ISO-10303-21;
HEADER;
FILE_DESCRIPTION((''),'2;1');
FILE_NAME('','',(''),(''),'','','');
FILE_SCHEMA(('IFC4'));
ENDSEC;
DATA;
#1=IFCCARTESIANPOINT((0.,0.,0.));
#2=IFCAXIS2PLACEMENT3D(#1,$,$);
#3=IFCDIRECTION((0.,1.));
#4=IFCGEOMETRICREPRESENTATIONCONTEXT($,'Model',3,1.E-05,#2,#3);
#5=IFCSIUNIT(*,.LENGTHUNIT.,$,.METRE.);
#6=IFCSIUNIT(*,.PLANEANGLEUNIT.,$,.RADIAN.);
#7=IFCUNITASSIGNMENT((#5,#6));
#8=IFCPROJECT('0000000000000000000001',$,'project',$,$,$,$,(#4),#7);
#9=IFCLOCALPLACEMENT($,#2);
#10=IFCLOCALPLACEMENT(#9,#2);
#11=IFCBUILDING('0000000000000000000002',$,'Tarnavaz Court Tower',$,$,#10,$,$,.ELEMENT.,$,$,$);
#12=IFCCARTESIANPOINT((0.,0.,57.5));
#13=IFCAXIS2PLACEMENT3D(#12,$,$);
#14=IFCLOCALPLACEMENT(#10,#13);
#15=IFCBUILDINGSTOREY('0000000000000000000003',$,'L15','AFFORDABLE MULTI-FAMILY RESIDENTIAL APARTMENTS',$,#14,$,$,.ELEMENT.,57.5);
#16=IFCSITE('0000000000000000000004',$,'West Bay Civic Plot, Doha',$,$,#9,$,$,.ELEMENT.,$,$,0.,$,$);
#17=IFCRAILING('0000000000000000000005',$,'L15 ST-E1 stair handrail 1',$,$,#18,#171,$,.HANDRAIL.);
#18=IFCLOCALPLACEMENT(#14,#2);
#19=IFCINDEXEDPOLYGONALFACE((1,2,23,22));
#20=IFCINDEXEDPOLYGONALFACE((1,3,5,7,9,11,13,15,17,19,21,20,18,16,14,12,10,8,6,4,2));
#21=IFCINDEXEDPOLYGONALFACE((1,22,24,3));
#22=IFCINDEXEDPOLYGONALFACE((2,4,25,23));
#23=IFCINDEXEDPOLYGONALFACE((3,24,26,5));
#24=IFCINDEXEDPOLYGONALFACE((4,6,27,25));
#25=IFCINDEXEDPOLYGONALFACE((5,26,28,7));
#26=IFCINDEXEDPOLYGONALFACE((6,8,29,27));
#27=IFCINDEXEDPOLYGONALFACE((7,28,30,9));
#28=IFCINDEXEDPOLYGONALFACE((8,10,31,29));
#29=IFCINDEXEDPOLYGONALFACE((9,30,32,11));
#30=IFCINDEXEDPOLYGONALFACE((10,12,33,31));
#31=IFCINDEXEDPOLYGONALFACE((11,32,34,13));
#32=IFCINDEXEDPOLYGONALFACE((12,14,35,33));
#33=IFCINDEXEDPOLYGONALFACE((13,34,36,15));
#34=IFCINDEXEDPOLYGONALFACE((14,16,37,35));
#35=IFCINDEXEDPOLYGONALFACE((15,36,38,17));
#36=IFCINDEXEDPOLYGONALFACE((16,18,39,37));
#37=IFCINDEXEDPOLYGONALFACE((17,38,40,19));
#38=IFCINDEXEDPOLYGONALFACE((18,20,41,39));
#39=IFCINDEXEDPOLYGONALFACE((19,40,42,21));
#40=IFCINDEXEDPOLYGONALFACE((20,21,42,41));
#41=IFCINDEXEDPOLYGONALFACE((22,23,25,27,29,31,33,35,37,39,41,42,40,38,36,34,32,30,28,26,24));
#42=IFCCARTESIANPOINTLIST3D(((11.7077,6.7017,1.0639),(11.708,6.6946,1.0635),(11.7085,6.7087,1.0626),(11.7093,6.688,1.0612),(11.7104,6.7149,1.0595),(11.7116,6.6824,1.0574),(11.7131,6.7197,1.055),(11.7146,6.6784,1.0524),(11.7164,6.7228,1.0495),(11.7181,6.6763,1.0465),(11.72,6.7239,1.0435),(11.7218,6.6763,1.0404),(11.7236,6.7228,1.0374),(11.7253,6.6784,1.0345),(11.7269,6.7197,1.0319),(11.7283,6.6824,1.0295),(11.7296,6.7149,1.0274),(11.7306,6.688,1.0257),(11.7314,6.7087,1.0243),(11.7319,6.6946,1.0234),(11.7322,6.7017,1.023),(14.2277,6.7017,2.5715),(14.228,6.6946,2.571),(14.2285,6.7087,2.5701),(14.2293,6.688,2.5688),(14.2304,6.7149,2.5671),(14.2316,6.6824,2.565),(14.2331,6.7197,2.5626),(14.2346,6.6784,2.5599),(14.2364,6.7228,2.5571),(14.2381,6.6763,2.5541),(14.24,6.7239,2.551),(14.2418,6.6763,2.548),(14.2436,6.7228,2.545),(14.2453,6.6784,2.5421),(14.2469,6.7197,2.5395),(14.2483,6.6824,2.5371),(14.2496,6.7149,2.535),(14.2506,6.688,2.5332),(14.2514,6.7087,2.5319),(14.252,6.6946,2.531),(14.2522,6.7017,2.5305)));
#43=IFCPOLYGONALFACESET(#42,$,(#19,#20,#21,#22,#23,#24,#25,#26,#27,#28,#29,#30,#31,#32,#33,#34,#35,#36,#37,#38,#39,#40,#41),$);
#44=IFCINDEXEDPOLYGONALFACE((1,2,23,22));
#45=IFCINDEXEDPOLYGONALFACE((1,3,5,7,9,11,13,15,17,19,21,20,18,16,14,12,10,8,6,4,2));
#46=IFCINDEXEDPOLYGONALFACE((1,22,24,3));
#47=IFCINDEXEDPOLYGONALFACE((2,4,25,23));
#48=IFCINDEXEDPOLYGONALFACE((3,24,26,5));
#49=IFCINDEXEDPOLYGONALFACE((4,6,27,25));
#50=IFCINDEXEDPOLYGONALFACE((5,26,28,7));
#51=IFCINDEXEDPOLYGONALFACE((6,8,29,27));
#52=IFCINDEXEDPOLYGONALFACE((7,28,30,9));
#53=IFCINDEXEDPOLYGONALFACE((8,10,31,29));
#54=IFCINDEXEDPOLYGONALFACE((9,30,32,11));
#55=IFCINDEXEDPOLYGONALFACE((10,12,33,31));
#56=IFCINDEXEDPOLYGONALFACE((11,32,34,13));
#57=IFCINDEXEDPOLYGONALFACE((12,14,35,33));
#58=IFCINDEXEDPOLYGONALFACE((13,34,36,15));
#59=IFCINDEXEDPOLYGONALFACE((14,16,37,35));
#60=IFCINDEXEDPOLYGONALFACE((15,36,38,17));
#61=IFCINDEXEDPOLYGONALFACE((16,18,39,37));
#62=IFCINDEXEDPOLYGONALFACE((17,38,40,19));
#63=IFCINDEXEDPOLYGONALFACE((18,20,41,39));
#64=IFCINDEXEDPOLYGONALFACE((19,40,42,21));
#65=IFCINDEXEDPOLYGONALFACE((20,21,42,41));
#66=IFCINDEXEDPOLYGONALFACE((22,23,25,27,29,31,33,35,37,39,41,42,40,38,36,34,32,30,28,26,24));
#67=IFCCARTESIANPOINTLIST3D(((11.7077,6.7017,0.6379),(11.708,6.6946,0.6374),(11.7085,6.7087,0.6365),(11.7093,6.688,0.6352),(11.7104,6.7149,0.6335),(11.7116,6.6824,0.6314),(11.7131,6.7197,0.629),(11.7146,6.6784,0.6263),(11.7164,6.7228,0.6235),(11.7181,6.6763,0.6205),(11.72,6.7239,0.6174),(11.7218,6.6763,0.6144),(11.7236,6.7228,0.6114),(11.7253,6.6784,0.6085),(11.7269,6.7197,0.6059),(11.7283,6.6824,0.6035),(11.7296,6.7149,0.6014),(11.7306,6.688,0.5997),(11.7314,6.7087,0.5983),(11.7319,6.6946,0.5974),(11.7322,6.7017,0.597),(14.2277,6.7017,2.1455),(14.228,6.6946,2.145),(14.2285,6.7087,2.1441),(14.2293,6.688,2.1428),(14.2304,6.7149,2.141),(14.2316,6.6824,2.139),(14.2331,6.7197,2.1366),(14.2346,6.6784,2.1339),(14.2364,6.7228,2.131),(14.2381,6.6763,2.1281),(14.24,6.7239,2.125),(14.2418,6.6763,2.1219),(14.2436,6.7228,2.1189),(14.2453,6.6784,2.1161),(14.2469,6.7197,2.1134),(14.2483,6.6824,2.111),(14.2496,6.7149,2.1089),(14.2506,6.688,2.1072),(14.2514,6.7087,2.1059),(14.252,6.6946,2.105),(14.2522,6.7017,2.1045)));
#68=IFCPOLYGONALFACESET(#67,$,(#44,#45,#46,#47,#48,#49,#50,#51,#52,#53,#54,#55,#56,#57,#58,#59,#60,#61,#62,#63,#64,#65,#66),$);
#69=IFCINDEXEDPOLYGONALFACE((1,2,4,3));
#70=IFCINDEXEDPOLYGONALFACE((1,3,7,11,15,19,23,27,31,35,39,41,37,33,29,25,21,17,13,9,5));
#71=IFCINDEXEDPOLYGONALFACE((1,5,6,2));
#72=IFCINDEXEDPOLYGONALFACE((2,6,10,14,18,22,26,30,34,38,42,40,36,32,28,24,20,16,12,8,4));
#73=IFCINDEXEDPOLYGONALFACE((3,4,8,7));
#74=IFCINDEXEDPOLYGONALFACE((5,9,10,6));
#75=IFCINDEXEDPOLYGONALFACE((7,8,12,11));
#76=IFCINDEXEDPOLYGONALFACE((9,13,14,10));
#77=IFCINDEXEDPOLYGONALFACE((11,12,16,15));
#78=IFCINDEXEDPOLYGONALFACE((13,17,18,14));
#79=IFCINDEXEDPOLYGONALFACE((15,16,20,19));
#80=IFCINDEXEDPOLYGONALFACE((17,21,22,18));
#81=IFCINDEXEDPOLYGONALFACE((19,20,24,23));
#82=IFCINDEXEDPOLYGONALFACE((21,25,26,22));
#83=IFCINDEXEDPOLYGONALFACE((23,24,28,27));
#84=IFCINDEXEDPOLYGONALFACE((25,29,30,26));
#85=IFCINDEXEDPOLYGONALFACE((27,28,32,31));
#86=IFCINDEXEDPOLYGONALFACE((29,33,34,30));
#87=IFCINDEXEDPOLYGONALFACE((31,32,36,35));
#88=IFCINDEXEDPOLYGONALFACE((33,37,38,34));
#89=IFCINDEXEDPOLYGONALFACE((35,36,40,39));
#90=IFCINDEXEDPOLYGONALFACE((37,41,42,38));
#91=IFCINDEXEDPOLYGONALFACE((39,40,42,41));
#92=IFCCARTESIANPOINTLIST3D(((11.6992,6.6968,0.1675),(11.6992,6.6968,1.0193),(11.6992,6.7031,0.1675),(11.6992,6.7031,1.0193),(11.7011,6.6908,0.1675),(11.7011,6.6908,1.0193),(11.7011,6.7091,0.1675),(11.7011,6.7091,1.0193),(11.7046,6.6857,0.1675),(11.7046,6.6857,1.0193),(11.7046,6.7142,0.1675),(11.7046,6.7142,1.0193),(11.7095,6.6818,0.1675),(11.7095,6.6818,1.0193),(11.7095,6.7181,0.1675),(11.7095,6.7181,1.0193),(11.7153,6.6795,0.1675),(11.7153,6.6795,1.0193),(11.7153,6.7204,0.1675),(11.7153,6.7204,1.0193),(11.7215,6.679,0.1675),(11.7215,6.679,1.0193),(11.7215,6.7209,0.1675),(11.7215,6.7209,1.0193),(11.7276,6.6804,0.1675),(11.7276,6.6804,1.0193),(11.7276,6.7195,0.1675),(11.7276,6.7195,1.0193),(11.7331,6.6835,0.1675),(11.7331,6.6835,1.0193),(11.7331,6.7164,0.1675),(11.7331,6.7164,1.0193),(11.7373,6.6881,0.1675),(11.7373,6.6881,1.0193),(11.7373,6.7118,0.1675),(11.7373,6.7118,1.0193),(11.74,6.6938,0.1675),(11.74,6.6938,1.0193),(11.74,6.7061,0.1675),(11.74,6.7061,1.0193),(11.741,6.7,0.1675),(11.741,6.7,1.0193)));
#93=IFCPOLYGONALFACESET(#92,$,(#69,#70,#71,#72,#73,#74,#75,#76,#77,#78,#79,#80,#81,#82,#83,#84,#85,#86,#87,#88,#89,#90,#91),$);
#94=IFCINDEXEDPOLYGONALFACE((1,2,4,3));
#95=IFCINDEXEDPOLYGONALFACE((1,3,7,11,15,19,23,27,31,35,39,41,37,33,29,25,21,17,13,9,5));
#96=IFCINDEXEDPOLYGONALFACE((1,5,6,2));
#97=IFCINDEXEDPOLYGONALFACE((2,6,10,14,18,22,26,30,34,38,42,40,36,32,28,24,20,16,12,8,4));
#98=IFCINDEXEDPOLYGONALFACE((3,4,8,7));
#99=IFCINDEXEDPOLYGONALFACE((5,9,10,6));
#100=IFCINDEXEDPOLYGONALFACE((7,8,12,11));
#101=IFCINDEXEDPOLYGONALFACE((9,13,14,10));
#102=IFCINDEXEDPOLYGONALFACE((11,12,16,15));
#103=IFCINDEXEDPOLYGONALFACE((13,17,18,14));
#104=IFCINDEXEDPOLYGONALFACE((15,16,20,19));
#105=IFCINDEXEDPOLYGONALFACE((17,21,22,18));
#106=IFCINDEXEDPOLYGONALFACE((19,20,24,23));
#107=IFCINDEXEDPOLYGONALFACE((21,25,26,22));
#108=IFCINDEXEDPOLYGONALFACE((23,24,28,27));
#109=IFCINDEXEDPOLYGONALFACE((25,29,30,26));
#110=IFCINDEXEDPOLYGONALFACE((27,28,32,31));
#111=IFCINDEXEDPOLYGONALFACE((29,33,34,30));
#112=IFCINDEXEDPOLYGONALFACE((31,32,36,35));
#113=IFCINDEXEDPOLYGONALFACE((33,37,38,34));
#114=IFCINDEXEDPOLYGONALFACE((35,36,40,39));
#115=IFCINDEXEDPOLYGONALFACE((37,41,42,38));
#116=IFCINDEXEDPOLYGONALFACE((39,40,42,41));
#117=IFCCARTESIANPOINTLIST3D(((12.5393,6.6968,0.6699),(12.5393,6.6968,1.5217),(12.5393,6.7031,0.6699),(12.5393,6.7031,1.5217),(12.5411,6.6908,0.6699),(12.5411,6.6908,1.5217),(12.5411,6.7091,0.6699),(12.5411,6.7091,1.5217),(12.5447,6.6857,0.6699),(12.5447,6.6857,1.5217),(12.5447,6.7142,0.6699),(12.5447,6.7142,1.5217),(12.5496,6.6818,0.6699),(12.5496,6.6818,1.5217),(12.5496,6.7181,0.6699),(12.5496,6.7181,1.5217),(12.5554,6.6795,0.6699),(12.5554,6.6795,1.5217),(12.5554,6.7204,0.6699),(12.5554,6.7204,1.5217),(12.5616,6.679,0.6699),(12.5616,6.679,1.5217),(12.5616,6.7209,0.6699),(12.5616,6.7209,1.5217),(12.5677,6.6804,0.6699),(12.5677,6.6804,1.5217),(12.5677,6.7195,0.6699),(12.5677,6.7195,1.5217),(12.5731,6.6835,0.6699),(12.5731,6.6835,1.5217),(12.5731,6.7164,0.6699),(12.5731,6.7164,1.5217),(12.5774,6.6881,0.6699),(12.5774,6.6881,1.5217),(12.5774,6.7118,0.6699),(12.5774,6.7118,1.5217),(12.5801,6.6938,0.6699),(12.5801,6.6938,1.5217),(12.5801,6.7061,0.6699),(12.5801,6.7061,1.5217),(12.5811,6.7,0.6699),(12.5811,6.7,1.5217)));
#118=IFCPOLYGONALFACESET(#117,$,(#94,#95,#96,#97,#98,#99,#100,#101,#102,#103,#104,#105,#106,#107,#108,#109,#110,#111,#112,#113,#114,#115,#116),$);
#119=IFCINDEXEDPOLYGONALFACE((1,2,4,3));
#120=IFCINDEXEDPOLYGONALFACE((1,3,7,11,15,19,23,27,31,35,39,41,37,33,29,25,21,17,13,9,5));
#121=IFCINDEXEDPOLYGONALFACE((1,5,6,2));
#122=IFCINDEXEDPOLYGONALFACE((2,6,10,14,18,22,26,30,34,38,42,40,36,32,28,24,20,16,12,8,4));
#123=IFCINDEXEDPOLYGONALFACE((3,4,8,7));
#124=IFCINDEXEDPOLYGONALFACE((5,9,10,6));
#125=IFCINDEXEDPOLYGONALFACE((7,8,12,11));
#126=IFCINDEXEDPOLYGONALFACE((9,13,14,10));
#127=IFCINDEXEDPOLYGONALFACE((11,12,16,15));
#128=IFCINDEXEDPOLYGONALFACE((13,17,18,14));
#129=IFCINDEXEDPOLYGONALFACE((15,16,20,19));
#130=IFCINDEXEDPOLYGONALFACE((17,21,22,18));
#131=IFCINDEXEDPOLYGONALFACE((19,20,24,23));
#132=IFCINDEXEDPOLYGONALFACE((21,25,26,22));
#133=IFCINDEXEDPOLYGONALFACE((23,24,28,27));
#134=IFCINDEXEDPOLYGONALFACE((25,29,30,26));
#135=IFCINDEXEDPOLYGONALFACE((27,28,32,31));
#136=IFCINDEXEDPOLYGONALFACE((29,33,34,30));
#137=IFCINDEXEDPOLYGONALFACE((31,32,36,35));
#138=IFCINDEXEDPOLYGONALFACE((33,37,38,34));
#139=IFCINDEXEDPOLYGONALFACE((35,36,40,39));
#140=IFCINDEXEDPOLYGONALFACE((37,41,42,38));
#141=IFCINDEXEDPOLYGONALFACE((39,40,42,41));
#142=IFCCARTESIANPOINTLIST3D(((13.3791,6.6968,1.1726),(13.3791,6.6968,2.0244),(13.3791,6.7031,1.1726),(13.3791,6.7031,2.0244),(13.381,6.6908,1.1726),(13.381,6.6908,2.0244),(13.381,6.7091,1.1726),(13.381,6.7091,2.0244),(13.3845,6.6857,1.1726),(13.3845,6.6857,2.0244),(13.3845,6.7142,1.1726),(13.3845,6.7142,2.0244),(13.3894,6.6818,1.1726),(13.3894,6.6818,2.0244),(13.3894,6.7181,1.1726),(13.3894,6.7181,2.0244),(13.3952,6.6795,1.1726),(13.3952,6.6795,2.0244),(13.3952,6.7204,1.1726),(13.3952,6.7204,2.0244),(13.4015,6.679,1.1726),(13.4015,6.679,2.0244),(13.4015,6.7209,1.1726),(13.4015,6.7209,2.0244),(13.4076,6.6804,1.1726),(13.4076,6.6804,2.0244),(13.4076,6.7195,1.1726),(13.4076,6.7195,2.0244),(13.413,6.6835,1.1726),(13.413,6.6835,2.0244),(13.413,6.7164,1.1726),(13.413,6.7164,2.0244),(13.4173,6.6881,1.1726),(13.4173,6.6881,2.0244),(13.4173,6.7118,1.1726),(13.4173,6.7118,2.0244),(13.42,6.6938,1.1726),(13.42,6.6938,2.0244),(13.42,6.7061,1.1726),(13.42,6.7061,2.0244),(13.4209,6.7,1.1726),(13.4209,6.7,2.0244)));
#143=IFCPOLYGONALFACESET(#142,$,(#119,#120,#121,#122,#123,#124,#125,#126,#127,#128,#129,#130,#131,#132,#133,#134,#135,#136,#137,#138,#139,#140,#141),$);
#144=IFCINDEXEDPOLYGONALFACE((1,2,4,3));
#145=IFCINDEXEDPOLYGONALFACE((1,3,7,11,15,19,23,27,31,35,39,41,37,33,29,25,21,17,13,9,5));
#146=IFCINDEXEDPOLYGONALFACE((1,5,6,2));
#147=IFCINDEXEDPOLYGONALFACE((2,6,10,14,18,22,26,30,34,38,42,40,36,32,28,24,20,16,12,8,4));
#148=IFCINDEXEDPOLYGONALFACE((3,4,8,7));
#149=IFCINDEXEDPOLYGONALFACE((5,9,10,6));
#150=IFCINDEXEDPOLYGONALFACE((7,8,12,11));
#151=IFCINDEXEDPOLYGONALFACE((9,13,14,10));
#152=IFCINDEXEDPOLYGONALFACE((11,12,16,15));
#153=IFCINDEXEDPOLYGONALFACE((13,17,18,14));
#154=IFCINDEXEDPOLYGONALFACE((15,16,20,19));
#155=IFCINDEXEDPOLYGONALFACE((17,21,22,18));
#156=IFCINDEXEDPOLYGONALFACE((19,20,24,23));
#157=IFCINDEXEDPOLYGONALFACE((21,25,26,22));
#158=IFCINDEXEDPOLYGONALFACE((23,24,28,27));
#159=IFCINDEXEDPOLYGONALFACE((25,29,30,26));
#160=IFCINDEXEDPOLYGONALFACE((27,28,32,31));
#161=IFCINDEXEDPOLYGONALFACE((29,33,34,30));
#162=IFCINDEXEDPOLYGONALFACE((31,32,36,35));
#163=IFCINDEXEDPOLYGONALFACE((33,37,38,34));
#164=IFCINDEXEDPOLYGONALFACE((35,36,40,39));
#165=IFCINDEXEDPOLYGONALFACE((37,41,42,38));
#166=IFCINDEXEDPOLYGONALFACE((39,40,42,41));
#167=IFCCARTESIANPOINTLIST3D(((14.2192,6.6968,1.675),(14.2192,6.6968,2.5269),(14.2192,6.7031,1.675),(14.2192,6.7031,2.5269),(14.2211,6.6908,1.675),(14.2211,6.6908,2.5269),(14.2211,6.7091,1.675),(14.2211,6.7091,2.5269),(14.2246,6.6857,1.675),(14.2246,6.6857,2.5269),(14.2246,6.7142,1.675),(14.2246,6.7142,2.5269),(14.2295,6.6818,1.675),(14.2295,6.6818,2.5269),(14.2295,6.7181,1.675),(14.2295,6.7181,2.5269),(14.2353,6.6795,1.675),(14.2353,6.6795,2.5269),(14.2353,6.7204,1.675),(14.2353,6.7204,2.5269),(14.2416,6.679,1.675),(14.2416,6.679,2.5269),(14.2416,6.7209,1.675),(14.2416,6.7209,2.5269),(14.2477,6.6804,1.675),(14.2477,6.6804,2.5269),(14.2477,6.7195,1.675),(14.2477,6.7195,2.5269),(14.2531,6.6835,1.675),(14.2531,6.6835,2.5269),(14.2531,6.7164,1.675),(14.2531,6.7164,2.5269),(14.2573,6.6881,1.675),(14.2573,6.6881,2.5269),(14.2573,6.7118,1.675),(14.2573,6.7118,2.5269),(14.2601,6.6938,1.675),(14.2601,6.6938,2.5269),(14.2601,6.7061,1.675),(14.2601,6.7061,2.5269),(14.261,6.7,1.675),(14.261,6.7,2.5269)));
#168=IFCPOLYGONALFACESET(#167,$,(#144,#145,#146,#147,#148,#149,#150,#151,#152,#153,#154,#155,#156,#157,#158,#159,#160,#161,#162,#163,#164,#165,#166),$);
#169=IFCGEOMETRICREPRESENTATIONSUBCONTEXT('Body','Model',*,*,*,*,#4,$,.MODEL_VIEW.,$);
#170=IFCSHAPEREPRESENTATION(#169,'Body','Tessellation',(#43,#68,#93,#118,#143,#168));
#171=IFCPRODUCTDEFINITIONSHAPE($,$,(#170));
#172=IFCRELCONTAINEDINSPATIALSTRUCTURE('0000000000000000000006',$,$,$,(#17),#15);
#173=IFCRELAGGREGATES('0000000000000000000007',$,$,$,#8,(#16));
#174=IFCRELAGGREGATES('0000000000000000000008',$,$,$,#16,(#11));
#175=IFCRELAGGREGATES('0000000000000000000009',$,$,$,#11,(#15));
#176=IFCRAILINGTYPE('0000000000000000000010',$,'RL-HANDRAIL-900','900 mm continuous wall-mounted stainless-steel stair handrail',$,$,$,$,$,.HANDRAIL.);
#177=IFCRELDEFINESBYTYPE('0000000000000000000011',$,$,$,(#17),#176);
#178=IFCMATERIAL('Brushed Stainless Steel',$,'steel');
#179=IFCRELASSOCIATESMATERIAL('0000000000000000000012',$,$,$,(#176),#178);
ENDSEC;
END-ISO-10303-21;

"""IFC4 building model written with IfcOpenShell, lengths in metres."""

from ifc_helpers import new_model, si_unit, direction, frame, origin, origin_2d, place, context, subcontext, project, spatial, circle, extrude, material, type_object, element, save


model = new_model("IFC4")

# Units and contexts
model_context = context("Model", 3, precision=1e-05, world=origin(), true_north=direction((0.0, 1.0)))
body_context = subcontext(model_context, "Body", "Model", "MODEL_VIEW")
ifc_project = project(units=[si_unit("LENGTHUNIT", "METRE"), si_unit("PLANEANGLEUNIT", "RADIAN")], contexts=[model_context])

# Site, building, storey
site_placement = place(None, origin())
site = spatial("IfcSite", under=ifc_project, at=site_placement, Name="West Bay Civic Plot, Doha", CompositionType="ELEMENT", RefElevation=0.0)
building_placement = place(site_placement, origin())
building = spatial("IfcBuilding", under=site, at=building_placement, Name="Tarnavaz Court Tower", CompositionType="ELEMENT")
storey_placement = place(building_placement, frame((0.0, 0.0, 57.5)))
storey = spatial("IfcBuildingStorey", under=building, at=storey_placement, Name="L15", Description="AFFORDABLE MULTI-FAMILY RESIDENTIAL APARTMENTS", CompositionType="ELEMENT", Elevation=57.5)

# Railing
ifc_material_1 = material(Name="Brushed Stainless Steel", Category="steel")
railing_type_1 = type_object("IfcRailingType", Name="RL-HANDRAIL-900", Description="900 mm continuous wall-mounted stainless-steel stair handrail", PredefinedType="HANDRAIL", material=ifc_material_1)
railing_1_placement = place(storey_placement, frame((11.72, 6.7, 0.1675)))
element("IfcRailing", 1, at=railing_1_placement, inside=storey, type_object=railing_type_1, Name="L15 ST-E1 stair handrail 1", PredefinedType="HANDRAIL", context=body_context, shape_type="SweptSolid", body=[
    extrude(circle(Radius=0.0239, at=origin_2d()), frame((0.0, 0.0, 0.876), z_axis=(0.85816, 0.0, 0.513383), x_axis=(0.0, 1.0, 0.0)), (0.0, 0.0, 1.0), 2.9365),
    extrude(circle(Radius=0.0239, at=origin_2d()), frame((0.0, 0.0, 0.45), z_axis=(0.85816, 0.0, 0.513383), x_axis=(0.0, 1.0, 0.0)), (0.0, 0.0, 1.0), 2.9365),
    extrude(circle(Radius=0.021, at=origin_2d()), origin(), (0.0, 0.0, 1.0), 0.8518),
    extrude(circle(Radius=0.021, at=origin_2d()), frame((0.8401, 0.0, 0.5024)), (0.0, 0.0, 1.0), 0.8518),
    extrude(circle(Radius=0.021, at=origin_2d()), frame((1.6799, 0.0, 1.0051)), (0.0, 0.0, 1.0), 0.8518),
    extrude(circle(Radius=0.021, at=origin_2d()), frame((2.52, 0.0, 1.5076)), (0.0, 0.0, 1.0), 0.8518),
])

save(model, "model.ifc")
